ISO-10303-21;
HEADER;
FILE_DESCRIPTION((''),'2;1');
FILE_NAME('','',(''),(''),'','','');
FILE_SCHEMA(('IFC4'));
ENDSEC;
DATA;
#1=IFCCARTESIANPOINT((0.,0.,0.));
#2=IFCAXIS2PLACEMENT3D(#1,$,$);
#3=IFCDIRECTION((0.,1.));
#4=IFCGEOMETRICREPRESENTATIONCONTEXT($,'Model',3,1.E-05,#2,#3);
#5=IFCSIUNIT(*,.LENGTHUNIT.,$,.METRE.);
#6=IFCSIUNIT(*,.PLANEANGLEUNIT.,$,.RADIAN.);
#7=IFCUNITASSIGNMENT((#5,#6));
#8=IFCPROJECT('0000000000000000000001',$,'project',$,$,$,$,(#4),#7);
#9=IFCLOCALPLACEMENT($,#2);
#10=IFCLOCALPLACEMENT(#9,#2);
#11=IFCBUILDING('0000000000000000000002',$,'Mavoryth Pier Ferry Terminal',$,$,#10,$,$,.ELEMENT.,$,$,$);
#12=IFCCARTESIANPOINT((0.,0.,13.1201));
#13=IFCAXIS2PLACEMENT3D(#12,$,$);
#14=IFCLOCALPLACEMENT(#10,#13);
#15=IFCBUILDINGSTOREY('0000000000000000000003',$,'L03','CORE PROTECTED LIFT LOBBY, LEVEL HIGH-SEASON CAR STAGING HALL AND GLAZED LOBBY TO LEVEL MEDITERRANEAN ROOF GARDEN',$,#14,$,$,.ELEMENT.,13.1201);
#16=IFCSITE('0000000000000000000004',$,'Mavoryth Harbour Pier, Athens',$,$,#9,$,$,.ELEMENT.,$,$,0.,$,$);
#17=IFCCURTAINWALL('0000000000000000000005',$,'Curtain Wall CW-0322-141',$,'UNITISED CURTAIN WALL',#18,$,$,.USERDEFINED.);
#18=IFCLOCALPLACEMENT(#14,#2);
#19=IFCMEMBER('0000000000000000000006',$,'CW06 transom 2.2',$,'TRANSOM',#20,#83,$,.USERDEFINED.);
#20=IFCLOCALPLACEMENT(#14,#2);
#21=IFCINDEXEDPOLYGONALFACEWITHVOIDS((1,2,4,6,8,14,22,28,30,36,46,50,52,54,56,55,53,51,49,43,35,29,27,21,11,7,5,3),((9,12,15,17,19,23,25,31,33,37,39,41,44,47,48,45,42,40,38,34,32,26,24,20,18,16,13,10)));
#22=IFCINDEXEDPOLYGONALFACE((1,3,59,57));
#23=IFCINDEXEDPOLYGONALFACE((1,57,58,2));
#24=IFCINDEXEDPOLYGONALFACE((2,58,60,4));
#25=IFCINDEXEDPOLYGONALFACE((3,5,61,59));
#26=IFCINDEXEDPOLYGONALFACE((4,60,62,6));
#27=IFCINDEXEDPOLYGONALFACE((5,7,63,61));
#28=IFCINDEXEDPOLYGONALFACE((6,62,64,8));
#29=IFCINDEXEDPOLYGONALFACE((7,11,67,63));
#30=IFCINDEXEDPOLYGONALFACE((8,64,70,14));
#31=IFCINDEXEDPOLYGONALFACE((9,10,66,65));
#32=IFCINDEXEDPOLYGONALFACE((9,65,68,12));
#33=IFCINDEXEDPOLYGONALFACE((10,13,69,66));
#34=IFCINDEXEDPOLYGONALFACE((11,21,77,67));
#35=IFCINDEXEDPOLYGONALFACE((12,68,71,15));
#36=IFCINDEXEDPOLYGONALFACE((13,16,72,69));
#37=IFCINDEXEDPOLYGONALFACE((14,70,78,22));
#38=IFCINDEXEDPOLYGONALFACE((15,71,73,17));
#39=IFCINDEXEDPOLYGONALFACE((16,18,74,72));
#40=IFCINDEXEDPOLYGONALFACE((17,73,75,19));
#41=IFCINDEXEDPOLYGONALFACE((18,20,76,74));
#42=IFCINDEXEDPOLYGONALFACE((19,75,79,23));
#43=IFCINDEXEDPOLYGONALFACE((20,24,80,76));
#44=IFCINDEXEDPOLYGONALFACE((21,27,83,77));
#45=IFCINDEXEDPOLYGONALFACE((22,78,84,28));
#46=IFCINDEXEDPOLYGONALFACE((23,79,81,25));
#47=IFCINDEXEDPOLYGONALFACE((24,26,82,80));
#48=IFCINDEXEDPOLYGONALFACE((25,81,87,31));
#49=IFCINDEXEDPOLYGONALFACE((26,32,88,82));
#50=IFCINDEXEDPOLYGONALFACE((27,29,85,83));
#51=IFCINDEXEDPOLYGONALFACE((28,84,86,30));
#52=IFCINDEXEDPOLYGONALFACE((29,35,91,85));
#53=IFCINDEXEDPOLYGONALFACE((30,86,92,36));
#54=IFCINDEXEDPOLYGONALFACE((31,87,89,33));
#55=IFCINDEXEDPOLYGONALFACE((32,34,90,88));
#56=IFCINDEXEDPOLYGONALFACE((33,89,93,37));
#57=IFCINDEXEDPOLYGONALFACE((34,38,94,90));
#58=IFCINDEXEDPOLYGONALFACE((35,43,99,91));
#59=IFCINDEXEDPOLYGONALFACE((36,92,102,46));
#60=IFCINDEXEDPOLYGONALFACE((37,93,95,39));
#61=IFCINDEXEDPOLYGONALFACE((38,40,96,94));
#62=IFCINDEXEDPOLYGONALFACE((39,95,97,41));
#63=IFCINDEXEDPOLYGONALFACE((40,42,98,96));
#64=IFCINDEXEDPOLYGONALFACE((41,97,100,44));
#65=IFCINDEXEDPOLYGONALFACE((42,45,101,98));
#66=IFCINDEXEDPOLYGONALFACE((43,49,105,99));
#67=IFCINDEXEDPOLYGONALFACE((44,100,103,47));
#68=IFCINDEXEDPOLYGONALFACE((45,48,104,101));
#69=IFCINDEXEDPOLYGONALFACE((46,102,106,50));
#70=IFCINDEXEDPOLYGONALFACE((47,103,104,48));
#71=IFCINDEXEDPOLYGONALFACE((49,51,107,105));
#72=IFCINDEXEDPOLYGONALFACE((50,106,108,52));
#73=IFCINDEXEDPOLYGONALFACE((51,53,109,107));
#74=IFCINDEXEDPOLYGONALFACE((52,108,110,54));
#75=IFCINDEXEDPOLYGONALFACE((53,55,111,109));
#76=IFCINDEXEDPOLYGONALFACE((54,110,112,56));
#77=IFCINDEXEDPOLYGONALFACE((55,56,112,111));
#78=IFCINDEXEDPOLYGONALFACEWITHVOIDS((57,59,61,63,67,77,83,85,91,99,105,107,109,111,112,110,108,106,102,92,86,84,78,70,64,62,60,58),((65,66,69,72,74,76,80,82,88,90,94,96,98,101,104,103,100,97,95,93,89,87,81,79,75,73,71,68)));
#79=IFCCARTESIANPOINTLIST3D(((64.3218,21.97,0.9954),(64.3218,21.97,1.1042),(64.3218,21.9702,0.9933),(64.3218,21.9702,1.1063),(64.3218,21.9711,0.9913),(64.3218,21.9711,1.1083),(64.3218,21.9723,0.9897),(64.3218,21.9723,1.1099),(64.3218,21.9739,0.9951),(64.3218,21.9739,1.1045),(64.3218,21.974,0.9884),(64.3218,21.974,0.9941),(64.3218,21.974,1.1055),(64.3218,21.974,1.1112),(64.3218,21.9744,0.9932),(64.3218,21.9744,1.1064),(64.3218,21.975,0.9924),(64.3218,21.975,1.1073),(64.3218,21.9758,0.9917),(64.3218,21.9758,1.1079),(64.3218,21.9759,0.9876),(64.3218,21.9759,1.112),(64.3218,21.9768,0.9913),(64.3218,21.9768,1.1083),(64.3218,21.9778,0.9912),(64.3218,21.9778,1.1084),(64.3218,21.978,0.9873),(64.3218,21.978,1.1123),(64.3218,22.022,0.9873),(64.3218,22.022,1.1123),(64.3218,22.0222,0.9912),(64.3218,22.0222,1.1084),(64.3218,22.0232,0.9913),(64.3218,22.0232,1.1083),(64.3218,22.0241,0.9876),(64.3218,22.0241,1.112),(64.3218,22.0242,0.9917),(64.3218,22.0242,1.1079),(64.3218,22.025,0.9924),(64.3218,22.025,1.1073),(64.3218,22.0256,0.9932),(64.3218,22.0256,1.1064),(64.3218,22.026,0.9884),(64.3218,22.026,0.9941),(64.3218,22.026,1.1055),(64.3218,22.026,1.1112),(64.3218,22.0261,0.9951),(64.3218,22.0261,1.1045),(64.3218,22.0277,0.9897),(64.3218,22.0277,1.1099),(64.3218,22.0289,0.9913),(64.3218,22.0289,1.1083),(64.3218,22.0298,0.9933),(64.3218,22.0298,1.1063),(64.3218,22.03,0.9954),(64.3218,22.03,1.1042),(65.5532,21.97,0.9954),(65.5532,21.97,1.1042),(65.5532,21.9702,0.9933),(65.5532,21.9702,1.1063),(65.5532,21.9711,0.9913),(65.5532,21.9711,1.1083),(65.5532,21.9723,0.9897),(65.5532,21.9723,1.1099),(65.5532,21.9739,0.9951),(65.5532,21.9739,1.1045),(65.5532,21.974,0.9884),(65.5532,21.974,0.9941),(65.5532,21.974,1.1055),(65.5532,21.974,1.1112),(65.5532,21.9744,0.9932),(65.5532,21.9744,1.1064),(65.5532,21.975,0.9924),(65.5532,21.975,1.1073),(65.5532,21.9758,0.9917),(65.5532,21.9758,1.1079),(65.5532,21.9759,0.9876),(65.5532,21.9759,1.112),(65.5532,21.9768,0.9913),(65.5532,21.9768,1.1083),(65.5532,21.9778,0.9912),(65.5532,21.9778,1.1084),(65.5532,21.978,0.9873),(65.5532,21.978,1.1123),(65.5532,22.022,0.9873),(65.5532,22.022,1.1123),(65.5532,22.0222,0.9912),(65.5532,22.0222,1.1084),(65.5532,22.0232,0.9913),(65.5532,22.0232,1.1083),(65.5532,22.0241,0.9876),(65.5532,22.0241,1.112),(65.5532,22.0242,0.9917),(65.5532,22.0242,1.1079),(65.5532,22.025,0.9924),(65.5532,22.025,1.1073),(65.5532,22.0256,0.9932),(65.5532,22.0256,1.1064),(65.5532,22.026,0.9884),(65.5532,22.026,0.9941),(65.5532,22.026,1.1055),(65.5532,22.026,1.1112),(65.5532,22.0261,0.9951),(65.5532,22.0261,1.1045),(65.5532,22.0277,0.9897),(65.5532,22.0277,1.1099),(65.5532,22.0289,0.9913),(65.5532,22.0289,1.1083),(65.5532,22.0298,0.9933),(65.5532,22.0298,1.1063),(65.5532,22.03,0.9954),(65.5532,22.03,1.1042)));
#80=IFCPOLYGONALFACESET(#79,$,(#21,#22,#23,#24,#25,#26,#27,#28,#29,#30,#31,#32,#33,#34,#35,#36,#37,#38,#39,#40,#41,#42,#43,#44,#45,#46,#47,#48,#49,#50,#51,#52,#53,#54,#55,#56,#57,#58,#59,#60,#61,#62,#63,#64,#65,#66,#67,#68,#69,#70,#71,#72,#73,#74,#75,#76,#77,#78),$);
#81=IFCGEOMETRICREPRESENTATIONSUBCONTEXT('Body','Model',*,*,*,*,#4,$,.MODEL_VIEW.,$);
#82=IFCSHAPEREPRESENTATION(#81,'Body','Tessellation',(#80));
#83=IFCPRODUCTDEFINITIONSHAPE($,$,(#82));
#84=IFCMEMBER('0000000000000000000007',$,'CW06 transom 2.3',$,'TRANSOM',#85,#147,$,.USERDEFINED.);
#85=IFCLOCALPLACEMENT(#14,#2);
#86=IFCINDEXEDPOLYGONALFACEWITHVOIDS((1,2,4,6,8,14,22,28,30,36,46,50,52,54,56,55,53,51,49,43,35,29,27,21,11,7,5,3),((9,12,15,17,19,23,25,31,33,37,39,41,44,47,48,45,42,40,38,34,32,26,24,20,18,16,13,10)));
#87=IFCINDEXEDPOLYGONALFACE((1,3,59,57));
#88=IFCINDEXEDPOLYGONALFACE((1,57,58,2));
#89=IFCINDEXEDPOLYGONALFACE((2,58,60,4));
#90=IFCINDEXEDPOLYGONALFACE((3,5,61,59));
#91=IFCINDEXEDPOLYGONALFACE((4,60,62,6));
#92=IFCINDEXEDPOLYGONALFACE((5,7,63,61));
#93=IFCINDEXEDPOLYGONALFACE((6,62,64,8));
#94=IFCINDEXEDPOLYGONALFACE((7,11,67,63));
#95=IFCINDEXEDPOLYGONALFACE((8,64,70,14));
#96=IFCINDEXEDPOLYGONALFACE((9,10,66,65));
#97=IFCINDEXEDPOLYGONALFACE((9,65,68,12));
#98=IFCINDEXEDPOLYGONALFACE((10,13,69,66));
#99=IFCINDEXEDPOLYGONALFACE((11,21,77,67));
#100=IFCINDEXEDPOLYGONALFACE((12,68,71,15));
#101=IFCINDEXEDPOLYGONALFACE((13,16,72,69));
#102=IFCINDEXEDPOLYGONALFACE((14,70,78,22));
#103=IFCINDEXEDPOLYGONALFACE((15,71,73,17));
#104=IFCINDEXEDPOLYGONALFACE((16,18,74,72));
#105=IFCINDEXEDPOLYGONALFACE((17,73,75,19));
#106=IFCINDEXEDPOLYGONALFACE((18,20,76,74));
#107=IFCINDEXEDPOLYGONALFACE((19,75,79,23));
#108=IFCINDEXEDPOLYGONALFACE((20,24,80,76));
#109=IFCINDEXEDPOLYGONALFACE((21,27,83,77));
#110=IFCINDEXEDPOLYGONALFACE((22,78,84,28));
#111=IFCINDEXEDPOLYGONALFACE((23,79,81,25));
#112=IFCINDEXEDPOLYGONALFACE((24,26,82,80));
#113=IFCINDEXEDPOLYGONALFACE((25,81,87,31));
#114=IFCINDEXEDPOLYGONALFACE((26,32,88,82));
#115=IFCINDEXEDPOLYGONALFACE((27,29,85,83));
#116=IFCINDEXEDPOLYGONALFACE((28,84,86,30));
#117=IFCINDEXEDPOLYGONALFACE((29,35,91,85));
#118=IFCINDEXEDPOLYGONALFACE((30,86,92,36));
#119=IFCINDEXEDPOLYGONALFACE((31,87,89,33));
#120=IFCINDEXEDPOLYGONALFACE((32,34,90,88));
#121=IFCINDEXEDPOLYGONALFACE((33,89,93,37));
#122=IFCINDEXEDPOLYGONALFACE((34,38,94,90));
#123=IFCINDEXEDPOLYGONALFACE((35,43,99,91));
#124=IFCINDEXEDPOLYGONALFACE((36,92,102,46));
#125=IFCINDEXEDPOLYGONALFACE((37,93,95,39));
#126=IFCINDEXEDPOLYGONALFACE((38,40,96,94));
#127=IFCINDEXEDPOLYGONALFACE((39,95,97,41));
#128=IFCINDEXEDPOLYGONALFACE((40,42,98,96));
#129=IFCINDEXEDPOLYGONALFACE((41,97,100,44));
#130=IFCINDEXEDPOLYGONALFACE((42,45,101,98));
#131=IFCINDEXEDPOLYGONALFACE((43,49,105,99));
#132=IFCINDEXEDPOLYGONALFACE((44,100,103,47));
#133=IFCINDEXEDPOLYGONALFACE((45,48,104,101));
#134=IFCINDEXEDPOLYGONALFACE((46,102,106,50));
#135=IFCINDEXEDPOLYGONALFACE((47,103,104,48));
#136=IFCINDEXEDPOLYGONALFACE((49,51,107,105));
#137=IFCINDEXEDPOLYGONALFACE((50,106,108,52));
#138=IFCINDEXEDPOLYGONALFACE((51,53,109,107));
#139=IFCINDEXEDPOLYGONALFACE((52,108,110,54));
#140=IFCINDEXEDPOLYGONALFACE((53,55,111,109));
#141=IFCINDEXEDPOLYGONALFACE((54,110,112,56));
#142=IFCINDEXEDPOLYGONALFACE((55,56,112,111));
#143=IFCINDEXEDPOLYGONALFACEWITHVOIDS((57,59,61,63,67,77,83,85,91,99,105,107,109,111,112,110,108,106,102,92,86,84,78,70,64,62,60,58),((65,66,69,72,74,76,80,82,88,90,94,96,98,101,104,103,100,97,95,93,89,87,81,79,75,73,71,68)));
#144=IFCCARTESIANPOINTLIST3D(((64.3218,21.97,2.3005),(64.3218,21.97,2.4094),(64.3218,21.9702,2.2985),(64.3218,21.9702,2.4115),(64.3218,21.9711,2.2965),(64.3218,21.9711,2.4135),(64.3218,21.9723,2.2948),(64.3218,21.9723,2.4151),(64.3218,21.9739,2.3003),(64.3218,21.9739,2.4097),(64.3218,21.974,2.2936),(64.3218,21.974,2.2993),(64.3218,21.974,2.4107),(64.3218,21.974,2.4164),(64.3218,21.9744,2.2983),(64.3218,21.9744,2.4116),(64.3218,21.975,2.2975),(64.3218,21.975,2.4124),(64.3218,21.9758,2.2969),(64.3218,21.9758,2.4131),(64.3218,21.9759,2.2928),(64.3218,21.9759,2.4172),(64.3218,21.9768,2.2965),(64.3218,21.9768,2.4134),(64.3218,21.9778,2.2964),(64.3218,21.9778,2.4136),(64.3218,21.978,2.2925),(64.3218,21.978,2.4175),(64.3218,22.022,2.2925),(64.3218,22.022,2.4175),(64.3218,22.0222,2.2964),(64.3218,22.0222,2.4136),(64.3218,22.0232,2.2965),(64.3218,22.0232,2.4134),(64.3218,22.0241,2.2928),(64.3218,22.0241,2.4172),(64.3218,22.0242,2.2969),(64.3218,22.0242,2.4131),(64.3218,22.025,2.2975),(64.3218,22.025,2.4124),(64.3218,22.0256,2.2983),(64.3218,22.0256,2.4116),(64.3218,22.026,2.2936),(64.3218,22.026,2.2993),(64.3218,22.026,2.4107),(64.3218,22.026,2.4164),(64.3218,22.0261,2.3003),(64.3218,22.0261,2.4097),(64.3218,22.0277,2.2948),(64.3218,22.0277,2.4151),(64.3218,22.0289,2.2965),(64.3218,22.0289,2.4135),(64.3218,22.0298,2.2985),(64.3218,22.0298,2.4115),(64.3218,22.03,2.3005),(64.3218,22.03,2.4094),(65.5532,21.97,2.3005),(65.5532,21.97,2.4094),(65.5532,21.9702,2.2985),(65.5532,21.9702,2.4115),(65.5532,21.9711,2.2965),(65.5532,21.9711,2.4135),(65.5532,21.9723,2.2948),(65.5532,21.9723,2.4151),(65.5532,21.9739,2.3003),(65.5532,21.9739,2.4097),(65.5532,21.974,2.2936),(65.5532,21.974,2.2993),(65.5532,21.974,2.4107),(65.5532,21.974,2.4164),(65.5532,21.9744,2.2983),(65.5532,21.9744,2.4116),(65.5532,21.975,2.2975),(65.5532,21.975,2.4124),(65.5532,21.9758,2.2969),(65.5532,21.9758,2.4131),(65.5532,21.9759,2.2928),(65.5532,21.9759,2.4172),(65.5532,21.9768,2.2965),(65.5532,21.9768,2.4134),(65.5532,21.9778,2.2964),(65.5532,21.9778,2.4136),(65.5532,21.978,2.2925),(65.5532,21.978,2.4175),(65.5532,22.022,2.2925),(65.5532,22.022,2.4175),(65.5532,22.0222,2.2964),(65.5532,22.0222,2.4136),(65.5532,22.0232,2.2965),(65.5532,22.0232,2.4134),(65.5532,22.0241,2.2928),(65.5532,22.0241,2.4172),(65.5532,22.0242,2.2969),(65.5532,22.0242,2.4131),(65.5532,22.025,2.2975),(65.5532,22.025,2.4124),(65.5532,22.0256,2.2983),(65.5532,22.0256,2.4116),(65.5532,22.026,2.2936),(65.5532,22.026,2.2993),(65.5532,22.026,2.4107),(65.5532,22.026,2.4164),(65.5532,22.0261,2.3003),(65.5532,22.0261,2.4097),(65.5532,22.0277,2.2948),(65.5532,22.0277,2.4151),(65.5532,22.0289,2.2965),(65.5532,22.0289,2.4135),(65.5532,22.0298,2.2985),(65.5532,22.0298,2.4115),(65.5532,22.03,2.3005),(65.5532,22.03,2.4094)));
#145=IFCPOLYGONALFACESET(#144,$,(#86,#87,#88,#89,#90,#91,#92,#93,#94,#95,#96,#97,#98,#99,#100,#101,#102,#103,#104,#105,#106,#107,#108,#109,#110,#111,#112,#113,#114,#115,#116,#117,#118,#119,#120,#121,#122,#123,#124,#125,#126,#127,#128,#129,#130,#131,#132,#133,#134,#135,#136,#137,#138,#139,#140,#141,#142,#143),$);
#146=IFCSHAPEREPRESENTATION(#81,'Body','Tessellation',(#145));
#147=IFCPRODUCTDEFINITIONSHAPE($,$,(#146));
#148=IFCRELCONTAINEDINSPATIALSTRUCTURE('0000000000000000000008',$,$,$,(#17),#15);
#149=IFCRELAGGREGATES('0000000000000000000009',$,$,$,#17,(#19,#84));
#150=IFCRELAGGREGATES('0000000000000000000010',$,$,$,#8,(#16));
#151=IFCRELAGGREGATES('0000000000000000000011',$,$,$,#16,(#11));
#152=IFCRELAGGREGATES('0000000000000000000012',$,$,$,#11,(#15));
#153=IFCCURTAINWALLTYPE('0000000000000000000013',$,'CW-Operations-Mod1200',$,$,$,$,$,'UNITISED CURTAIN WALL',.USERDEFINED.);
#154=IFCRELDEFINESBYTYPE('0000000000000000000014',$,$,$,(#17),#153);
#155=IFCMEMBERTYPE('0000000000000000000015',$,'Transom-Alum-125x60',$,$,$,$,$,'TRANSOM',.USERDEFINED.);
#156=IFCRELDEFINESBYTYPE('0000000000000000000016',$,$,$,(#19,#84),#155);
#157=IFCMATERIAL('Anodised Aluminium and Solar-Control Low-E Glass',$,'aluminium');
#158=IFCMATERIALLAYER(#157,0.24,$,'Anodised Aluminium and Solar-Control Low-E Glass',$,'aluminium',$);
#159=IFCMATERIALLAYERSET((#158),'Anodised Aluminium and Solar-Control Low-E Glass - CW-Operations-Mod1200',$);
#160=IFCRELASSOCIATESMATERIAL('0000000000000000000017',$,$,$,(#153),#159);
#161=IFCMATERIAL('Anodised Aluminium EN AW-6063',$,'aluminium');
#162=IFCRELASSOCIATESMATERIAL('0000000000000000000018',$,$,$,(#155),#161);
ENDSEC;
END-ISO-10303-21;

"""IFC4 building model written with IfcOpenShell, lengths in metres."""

from ifc_helpers import new_model, si_unit, direction, frame, origin, origin_2d, place, context, subcontext, project, spatial, hollow_rectangle, extrude, material, layer, layer_set, material_profile, profile_set, type_object, element, aggregate, save


model = new_model("IFC4")

# Units and contexts
model_context = context("Model", 3, precision=1e-05, world=origin(), true_north=direction((0.0, 1.0)))
body_context = subcontext(model_context, "Body", "Model", "MODEL_VIEW")
ifc_project = project(units=[si_unit("LENGTHUNIT", "METRE"), si_unit("PLANEANGLEUNIT", "RADIAN")], contexts=[model_context])

# Site, building, storey
site_placement = place(None, origin())
site = spatial("IfcSite", under=ifc_project, at=site_placement, Name="Mavoryth Harbour Pier, Athens", CompositionType="ELEMENT", RefElevation=0.0)
building_placement = place(site_placement, origin())
building = spatial("IfcBuilding", under=site, at=building_placement, Name="Mavoryth Pier Ferry Terminal", CompositionType="ELEMENT")
storey_placement = place(building_placement, frame((0.0, 0.0, 13.1201)))
storey = spatial("IfcBuildingStorey", under=building, at=storey_placement, Name="L03", Description="CORE PROTECTED LIFT LOBBY, LEVEL HIGH-SEASON CAR STAGING HALL AND GLAZED LOBBY TO LEVEL MEDITERRANEAN ROOF GARDEN", CompositionType="ELEMENT", Elevation=13.1201)

# Curtain wall
ifc_material_1 = material(Name="Anodised Aluminium and Solar-Control Low-E Glass", Category="aluminium")
ifc_layer_1 = layer(ifc_material_1, 0.24, Name="Anodised Aluminium and Solar-Control Low-E Glass", Category="aluminium")
ifc_layer_set_1 = layer_set([ifc_layer_1], Name="Anodised Aluminium and Solar-Control Low-E Glass - CW-Operations-Mod1200")
curtain_wall_type = type_object("IfcCurtainWallType", Name="CW-Operations-Mod1200", ElementType="UNITISED CURTAIN WALL", PredefinedType="USERDEFINED", material=ifc_layer_set_1)
curtain_wall_1_placement = place(storey_placement, origin())
curtain_wall_1 = element("IfcCurtainWall", 1, at=curtain_wall_1_placement, inside=storey, type_object=curtain_wall_type, Name="Curtain Wall CW-0322-141", ObjectType="UNITISED CURTAIN WALL", PredefinedType="USERDEFINED")
ifc_material_2 = material(Name="Anodised Aluminium EN AW-6063", Category="aluminium")

# Members
ifc_material_profile_1 = material_profile(ifc_material_2, hollow_rectangle(XDim=0.0601, YDim=0.125, WallThickness=0.0039, InnerFilletRadius=0.0039, OuterFilletRadius=0.0081, at=origin_2d()), Name="AL-TRAN 125x60x4", Category="aluminium")
ifc_profile_set_1 = profile_set([ifc_material_profile_1], Name="Anodised Aluminium EN AW-6063 - AL-TRAN 125x60x4")
member_type_1 = type_object("IfcMemberType", Name="Transom-Alum-125x60", ElementType="TRANSOM", PredefinedType="USERDEFINED", material=ifc_profile_set_1)
member_1_placement = place(storey_placement, frame((65.5532, 22.0, 1.0498), z_axis=(-1.0, 0.0, 0.0), x_axis=(0.0, -1.0, 0.0)))
member_1 = element("IfcMember", 2, at=member_1_placement, type_object=member_type_1, Name="CW06 transom 2.2", ObjectType="TRANSOM", PredefinedType="USERDEFINED", context=body_context, shape_type="SweptSolid", body=[
    extrude(hollow_rectangle(XDim=0.0601, YDim=0.125, WallThickness=0.0039, InnerFilletRadius=0.0039, OuterFilletRadius=0.0081, at=origin_2d()), origin(), (0.0, 0.0, 1.0), 1.2314),
])
member_2_placement = place(storey_placement, frame((65.5532, 22.0, 2.355), z_axis=(-1.0, 0.0, 0.0), x_axis=(0.0, -1.0, 0.0)))
member_2 = element("IfcMember", 3, at=member_2_placement, type_object=member_type_1, Name="CW06 transom 2.3", ObjectType="TRANSOM", PredefinedType="USERDEFINED", context=body_context, shape_type="SweptSolid", body=[
    extrude(hollow_rectangle(XDim=0.0601, YDim=0.125, WallThickness=0.0039, InnerFilletRadius=0.0039, OuterFilletRadius=0.0081, at=origin_2d()), origin(), (0.0, 0.0, 1.0), 1.2314),
])

aggregate(curtain_wall_1, [member_1, member_2])

save(model, "model.ifc")
